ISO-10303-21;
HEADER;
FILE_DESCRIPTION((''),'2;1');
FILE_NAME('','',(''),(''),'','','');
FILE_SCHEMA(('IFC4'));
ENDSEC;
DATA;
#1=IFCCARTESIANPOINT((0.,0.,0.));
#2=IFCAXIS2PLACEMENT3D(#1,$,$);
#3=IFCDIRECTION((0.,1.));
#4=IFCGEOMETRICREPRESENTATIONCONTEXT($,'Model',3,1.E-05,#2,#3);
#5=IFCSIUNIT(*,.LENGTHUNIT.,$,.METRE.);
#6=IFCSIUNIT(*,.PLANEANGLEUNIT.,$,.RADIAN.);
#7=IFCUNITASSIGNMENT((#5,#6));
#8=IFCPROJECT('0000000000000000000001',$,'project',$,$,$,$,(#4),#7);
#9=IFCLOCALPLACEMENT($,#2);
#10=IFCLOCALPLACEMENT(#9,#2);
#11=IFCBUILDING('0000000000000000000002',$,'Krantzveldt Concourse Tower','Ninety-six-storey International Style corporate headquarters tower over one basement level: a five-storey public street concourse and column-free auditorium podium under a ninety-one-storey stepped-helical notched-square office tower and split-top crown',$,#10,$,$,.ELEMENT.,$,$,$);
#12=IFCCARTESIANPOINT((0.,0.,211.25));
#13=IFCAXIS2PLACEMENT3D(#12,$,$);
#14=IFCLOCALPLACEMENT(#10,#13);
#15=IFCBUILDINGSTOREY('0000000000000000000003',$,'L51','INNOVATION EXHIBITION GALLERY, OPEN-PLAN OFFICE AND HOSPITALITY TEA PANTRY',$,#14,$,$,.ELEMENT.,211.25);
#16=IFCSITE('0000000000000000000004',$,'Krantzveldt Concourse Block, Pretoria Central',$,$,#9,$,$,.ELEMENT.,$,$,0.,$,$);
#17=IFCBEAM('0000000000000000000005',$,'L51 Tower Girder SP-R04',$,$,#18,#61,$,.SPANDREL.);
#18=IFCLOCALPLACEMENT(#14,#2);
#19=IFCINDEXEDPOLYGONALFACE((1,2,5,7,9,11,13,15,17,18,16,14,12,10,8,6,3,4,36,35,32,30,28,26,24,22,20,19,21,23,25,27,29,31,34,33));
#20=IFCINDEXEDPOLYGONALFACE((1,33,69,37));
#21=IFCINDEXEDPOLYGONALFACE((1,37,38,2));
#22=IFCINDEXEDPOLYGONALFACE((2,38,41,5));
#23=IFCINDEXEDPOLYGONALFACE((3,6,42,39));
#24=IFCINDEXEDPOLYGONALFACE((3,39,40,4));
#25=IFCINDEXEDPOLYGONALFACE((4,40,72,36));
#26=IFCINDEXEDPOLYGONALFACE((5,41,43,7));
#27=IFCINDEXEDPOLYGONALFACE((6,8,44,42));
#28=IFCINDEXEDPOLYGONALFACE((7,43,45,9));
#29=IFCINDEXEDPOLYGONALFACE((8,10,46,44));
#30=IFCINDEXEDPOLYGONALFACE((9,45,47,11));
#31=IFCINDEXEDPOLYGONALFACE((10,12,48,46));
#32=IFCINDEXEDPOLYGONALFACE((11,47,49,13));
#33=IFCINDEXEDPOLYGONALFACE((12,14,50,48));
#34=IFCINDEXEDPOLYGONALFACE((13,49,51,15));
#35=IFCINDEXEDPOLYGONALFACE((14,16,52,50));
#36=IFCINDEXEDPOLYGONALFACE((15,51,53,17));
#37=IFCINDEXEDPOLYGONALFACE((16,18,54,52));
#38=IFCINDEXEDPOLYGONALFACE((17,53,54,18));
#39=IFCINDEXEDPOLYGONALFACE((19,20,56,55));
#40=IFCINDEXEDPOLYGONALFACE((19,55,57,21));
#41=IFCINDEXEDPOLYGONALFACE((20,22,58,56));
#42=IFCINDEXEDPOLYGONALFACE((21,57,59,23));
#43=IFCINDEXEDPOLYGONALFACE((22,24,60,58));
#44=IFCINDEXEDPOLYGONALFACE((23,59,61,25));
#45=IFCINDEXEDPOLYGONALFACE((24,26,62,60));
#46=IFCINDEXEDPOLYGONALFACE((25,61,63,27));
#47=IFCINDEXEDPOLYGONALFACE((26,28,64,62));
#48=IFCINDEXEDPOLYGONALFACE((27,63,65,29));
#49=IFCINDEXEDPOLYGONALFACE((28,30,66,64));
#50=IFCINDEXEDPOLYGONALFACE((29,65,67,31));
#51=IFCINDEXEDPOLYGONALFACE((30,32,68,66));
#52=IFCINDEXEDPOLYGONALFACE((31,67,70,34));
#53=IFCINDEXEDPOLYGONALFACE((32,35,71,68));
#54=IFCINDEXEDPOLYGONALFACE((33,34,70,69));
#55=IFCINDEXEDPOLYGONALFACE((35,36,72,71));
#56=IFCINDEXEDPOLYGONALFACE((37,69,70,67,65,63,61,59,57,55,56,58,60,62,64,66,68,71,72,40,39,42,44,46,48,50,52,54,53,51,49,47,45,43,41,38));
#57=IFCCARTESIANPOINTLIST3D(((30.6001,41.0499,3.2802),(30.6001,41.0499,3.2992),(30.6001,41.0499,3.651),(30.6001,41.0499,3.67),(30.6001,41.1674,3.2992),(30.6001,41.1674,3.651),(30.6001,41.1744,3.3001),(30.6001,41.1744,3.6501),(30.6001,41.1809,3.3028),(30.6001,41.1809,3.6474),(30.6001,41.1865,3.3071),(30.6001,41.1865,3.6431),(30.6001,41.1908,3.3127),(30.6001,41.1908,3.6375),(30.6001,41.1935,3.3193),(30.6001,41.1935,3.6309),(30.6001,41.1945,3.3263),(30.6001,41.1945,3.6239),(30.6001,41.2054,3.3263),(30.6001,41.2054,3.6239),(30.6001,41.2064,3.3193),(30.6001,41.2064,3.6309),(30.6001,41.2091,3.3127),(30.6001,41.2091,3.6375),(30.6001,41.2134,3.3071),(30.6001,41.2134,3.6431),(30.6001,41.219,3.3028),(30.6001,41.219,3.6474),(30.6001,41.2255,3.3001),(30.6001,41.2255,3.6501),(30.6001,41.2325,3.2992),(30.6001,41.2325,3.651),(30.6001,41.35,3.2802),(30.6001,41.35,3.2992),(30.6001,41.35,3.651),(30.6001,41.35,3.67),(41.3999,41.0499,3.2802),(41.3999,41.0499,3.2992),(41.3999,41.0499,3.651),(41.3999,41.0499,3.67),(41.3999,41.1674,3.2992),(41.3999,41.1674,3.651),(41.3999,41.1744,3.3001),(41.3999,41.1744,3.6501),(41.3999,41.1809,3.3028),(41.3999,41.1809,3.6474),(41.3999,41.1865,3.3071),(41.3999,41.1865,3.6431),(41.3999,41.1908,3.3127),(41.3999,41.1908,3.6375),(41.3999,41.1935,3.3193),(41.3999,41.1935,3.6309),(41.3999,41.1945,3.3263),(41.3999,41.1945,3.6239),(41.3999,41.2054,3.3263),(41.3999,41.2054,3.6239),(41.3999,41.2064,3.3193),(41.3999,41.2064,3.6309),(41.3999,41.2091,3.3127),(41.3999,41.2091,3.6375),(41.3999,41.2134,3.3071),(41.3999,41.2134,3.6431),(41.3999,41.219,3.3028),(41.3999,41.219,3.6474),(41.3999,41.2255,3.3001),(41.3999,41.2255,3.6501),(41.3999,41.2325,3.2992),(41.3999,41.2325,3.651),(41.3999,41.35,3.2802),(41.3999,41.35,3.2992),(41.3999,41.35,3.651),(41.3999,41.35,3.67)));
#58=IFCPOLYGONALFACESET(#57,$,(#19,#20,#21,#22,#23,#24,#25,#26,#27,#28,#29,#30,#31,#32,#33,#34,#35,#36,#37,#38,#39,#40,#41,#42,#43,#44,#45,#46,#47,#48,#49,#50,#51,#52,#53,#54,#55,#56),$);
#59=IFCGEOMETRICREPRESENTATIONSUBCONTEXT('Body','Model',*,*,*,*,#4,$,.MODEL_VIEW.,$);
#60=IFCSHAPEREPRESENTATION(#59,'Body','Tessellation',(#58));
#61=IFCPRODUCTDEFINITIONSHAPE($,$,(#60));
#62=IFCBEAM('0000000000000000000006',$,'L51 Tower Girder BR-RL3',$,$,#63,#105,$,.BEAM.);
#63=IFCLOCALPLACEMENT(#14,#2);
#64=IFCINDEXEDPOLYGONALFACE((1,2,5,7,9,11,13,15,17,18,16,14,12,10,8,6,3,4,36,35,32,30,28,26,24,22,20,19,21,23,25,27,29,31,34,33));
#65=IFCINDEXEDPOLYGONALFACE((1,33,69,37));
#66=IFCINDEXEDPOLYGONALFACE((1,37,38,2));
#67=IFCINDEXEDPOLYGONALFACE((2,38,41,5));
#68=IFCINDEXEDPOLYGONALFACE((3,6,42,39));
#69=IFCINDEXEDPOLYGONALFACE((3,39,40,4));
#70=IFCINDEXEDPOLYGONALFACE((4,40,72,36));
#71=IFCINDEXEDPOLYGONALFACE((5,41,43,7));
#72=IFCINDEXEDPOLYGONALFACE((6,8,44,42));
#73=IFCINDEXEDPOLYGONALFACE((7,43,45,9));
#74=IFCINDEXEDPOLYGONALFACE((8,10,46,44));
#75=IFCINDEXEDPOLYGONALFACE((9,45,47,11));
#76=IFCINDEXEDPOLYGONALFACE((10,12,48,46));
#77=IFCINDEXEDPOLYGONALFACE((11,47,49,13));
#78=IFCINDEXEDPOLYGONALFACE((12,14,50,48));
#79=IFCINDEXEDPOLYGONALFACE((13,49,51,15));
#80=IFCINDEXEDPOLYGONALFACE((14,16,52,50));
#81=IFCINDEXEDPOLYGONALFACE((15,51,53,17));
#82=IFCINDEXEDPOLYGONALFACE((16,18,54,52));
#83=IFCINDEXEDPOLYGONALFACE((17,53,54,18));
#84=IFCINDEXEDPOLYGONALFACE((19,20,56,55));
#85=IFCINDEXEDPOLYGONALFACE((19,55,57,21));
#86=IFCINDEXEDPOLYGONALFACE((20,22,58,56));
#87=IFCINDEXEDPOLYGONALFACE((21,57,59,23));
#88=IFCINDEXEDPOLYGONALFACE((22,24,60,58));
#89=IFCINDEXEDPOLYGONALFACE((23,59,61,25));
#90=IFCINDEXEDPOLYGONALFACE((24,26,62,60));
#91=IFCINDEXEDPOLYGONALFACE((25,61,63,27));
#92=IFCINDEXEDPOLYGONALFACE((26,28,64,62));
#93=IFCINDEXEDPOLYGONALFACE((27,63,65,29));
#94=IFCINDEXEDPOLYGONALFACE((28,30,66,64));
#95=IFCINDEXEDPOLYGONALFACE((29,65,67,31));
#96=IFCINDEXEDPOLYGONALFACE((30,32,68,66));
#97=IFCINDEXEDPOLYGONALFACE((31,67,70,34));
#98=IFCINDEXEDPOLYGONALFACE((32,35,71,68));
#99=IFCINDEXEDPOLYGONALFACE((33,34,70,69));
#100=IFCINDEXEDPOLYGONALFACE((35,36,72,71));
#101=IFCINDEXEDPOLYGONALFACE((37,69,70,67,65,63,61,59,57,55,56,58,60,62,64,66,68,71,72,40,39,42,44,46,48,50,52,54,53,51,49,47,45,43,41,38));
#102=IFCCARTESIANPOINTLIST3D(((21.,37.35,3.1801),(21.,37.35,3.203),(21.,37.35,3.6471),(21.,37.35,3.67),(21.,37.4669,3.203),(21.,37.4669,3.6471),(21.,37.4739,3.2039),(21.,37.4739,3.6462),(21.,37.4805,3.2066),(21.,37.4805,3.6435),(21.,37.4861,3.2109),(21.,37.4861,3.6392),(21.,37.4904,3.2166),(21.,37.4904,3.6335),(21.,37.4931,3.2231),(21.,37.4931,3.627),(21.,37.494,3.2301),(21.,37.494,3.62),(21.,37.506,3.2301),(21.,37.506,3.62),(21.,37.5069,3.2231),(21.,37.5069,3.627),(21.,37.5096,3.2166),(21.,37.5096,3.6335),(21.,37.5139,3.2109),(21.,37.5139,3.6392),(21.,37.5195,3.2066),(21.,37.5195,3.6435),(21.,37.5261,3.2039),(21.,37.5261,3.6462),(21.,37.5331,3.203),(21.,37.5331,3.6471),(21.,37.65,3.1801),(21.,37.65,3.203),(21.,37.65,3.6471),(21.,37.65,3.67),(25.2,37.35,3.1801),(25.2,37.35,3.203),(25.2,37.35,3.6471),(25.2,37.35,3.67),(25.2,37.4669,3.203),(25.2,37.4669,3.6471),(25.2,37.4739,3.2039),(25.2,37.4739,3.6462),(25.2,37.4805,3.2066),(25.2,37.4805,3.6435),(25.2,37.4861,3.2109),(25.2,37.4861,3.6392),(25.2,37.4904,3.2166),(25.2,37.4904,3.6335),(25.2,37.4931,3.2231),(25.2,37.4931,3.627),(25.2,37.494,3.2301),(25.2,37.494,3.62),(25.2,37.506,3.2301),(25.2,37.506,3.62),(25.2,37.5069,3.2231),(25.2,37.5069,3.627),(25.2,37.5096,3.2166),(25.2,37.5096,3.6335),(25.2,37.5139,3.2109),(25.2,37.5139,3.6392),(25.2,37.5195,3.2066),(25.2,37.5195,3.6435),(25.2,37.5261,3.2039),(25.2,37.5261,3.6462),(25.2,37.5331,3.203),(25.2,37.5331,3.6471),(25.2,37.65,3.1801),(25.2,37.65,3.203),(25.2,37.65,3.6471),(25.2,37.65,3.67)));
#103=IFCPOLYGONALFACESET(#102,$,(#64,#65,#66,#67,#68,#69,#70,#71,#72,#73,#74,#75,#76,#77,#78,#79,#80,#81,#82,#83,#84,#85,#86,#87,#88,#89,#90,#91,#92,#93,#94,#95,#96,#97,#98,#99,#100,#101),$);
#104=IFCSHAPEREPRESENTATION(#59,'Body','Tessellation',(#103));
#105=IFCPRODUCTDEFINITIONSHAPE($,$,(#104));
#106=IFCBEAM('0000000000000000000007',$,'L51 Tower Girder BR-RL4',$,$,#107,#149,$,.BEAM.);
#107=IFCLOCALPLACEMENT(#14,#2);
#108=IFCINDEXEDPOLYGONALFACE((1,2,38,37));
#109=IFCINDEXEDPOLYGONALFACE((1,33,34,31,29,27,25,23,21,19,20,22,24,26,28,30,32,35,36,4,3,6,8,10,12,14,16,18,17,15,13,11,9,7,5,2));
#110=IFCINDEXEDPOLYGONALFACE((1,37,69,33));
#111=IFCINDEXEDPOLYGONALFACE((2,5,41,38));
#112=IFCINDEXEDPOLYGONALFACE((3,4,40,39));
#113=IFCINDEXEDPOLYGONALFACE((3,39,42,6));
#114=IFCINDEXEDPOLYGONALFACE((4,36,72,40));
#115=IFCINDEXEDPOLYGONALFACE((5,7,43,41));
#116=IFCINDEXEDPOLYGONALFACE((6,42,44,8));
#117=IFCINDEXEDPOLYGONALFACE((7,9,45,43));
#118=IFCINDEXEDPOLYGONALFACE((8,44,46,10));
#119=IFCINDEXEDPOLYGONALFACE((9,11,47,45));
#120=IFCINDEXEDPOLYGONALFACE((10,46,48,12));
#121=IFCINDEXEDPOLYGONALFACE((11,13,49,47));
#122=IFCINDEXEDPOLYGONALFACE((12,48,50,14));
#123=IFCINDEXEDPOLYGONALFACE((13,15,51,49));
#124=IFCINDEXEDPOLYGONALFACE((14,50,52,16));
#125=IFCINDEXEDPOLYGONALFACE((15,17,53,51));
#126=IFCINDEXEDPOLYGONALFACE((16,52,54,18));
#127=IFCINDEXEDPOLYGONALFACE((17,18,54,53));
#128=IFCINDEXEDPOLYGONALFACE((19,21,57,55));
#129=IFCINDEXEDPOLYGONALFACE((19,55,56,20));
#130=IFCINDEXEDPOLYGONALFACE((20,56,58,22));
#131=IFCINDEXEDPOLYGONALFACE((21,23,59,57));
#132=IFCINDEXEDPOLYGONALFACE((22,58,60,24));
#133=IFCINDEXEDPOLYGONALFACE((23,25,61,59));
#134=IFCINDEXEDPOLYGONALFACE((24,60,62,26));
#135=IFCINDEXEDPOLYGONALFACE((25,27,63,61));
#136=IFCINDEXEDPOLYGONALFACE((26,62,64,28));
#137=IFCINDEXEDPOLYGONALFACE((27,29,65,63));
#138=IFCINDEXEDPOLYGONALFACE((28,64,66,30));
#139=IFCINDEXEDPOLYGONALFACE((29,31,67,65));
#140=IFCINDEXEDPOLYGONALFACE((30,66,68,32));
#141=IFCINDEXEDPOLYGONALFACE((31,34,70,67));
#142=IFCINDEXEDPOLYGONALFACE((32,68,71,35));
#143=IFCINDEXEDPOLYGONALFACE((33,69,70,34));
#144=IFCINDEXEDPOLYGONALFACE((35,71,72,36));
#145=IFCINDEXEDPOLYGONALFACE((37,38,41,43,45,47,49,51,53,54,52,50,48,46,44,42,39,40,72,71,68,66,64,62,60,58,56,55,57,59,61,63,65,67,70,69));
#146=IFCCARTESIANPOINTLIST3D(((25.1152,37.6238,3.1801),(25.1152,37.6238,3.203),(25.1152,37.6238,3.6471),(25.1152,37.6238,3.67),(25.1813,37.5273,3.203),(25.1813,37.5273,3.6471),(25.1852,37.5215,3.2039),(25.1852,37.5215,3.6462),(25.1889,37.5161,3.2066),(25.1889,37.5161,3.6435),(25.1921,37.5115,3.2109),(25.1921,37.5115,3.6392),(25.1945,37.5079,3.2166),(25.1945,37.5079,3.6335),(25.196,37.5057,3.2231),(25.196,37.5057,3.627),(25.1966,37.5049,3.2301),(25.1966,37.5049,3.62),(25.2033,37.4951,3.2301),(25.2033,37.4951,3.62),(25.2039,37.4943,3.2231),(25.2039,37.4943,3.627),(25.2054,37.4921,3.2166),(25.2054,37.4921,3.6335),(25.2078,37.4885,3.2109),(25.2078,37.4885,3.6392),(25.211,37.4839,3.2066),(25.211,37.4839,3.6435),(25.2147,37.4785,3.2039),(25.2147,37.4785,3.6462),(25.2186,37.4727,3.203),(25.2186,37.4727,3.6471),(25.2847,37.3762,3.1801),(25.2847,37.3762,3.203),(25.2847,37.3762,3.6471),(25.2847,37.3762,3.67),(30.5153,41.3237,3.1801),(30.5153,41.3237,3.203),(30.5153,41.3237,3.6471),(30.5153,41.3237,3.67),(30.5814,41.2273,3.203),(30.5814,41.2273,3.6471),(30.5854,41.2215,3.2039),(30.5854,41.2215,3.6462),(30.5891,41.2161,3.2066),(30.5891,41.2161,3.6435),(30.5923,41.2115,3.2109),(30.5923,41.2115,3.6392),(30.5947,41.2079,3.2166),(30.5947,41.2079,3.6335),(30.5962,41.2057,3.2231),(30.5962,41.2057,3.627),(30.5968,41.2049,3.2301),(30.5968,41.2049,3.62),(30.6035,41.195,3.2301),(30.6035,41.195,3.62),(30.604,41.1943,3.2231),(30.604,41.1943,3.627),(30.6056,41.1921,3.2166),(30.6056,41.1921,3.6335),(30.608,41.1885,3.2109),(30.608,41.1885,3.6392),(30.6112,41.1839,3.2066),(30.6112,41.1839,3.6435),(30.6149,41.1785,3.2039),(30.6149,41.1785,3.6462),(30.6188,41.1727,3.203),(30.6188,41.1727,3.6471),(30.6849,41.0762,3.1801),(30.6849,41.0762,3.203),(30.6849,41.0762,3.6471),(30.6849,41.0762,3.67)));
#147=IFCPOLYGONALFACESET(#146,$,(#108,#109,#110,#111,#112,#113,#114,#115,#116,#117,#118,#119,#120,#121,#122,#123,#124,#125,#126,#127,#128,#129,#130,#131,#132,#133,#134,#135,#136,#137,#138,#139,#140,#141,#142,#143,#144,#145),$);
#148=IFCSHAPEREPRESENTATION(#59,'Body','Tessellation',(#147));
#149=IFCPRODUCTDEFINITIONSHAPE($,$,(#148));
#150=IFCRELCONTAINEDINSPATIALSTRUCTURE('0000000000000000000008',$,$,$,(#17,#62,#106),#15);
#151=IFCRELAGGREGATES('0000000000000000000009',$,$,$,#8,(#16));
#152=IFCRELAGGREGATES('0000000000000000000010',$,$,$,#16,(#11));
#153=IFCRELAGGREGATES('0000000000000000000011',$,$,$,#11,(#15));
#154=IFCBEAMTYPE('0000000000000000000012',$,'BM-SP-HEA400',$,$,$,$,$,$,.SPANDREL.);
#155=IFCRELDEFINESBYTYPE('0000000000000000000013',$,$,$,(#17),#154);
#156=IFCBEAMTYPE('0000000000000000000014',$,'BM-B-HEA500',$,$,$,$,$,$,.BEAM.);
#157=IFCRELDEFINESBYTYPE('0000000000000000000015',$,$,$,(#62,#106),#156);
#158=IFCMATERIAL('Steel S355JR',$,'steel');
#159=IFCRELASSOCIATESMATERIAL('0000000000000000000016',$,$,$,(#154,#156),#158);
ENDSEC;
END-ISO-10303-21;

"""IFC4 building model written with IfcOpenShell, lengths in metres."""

from ifc_helpers import new_model, si_unit, direction, frame, origin, origin_2d, place, context, subcontext, project, spatial, i_section, extrude, source, transform, mapped, material, material_profile, profile_set, type_object, type_shapes, element, save


model = new_model("IFC4")

# Units and contexts
model_context = context("Model", 3, precision=1e-05, world=origin(), true_north=direction((0.0, 1.0)))
body_context = subcontext(model_context, "Body", "Model", "MODEL_VIEW")
ifc_project = project(units=[si_unit("LENGTHUNIT", "METRE"), si_unit("PLANEANGLEUNIT", "RADIAN")], contexts=[model_context])

# Site, building, storey
site_placement = place(None, origin())
site = spatial("IfcSite", under=ifc_project, at=site_placement, Name="Krantzveldt Concourse Block, Pretoria Central", CompositionType="ELEMENT", RefElevation=0.0)
building_placement = place(site_placement, origin())
building = spatial("IfcBuilding", under=site, at=building_placement, Name="Krantzveldt Concourse Tower", Description="Ninety-six-storey International Style corporate headquarters tower over one basement level: a five-storey public street concourse and column-free auditorium podium under a ninety-one-storey stepped-helical notched-square office tower and split-top crown", CompositionType="ELEMENT")
storey_placement = place(building_placement, frame((0.0, 0.0, 211.25)))
storey = spatial("IfcBuildingStorey", under=building, at=storey_placement, Name="L51", Description="INNOVATION EXHIBITION GALLERY, OPEN-PLAN OFFICE AND HOSPITALITY TEA PANTRY", CompositionType="ELEMENT", Elevation=211.25)

# Beams
ifc_material_1 = material(Name="Steel S355JR", Category="steel")
ifc_material_profile_1 = material_profile(ifc_material_1, i_section(OverallWidth=0.3, OverallDepth=0.3899, WebThickness=0.011, FlangeThickness=0.019, FilletRadius=0.0271, at=origin_2d()), Name="Steel S355JR", Category="steel")
ifc_profile_set_1 = profile_set([ifc_material_profile_1], Name="Steel S355JR - HEA 400")
beam_type_1 = type_object("IfcBeamType", Name="BM-SP-HEA400", PredefinedType="SPANDREL", material=ifc_profile_set_1)
shared_shape_1 = source(origin(), body_context, "Body", "SweptSolid", [
    extrude(i_section(OverallWidth=0.3, OverallDepth=0.3899, WebThickness=0.011, FlangeThickness=0.019, FilletRadius=0.0271, at=origin_2d()), origin(), (0.0, 0.0, 1.0), 10.7998),
])
beam_1_placement = place(storey_placement, frame((30.6001, 41.2, 3.4751), z_axis=(1.0, 0.0, 0.0), x_axis=(0.0, 1.0, 0.0)))
element("IfcBeam", 1, at=beam_1_placement, inside=storey, type_object=beam_type_1, Name="L51 Tower Girder SP-R04", PredefinedType="SPANDREL", context=body_context, shape_type="MappedRepresentation", body=[
    mapped(shared_shape_1, transform((0.0, 0.0, 0.0), x_axis=(1.0, 0.0, 0.0), y_axis=(0.0, 1.0, 0.0), z_axis=(0.0, 0.0, 1.0), scale=1.0)),
])
ifc_material_profile_2 = material_profile(ifc_material_1, i_section(OverallWidth=0.3, OverallDepth=0.49, WebThickness=0.012, FlangeThickness=0.0229, FilletRadius=0.0271, at=origin_2d()), Name="Steel S355JR", Category="steel")
ifc_profile_set_2 = profile_set([ifc_material_profile_2], Name="Steel S355JR - HEA 500")
beam_type_2 = type_object("IfcBeamType", Name="BM-B-HEA500", PredefinedType="BEAM", material=ifc_profile_set_2)
shared_shape_2 = source(origin(), body_context, "Body", "SweptSolid", [
    extrude(i_section(OverallWidth=0.3, OverallDepth=0.49, WebThickness=0.012, FlangeThickness=0.0229, FilletRadius=0.0271, at=origin_2d()), origin(), (0.0, 0.0, 1.0), 4.2),
])
beam_2_placement = place(storey_placement, frame((21.0, 37.5, 3.425), z_axis=(1.0, 0.0, 0.0), x_axis=(0.0, 1.0, 0.0)))
element("IfcBeam", 2, at=beam_2_placement, inside=storey, type_object=beam_type_2, Name="L51 Tower Girder BR-RL3", PredefinedType="BEAM", context=body_context, shape_type="MappedRepresentation", body=[
    mapped(shared_shape_2, transform((0.0, 0.0, 0.0), x_axis=(1.0, 0.0, 0.0), y_axis=(0.0, 1.0, 0.0), z_axis=(0.0, 0.0, 1.0), scale=1.0)),
])
shared_shape_3 = source(origin(), body_context, "Body", "SweptSolid", [
    extrude(i_section(OverallWidth=0.3, OverallDepth=0.49, WebThickness=0.012, FlangeThickness=0.0229, FilletRadius=0.0271, at=origin_2d()), origin(), (0.0, 0.0, 1.0), 6.5461),
])
type_shapes(beam_type_2, [shared_shape_2, shared_shape_3])
beam_3_placement = place(storey_placement, frame((25.2, 37.5, 3.425), z_axis=(0.824943, 0.565216, 0.0), x_axis=(-0.565216, 0.824943, 0.0)))
element("IfcBeam", 3, at=beam_3_placement, inside=storey, type_object=beam_type_2, Name="L51 Tower Girder BR-RL4", PredefinedType="BEAM", context=body_context, shape_type="MappedRepresentation", body=[
    mapped(shared_shape_3, transform((0.0, 0.0, 0.0), x_axis=(1.0, 0.0, 0.0), y_axis=(0.0, 1.0, 0.0), z_axis=(0.0, 0.0, 1.0), scale=1.0)),
])

save(model, "model.ifc")
